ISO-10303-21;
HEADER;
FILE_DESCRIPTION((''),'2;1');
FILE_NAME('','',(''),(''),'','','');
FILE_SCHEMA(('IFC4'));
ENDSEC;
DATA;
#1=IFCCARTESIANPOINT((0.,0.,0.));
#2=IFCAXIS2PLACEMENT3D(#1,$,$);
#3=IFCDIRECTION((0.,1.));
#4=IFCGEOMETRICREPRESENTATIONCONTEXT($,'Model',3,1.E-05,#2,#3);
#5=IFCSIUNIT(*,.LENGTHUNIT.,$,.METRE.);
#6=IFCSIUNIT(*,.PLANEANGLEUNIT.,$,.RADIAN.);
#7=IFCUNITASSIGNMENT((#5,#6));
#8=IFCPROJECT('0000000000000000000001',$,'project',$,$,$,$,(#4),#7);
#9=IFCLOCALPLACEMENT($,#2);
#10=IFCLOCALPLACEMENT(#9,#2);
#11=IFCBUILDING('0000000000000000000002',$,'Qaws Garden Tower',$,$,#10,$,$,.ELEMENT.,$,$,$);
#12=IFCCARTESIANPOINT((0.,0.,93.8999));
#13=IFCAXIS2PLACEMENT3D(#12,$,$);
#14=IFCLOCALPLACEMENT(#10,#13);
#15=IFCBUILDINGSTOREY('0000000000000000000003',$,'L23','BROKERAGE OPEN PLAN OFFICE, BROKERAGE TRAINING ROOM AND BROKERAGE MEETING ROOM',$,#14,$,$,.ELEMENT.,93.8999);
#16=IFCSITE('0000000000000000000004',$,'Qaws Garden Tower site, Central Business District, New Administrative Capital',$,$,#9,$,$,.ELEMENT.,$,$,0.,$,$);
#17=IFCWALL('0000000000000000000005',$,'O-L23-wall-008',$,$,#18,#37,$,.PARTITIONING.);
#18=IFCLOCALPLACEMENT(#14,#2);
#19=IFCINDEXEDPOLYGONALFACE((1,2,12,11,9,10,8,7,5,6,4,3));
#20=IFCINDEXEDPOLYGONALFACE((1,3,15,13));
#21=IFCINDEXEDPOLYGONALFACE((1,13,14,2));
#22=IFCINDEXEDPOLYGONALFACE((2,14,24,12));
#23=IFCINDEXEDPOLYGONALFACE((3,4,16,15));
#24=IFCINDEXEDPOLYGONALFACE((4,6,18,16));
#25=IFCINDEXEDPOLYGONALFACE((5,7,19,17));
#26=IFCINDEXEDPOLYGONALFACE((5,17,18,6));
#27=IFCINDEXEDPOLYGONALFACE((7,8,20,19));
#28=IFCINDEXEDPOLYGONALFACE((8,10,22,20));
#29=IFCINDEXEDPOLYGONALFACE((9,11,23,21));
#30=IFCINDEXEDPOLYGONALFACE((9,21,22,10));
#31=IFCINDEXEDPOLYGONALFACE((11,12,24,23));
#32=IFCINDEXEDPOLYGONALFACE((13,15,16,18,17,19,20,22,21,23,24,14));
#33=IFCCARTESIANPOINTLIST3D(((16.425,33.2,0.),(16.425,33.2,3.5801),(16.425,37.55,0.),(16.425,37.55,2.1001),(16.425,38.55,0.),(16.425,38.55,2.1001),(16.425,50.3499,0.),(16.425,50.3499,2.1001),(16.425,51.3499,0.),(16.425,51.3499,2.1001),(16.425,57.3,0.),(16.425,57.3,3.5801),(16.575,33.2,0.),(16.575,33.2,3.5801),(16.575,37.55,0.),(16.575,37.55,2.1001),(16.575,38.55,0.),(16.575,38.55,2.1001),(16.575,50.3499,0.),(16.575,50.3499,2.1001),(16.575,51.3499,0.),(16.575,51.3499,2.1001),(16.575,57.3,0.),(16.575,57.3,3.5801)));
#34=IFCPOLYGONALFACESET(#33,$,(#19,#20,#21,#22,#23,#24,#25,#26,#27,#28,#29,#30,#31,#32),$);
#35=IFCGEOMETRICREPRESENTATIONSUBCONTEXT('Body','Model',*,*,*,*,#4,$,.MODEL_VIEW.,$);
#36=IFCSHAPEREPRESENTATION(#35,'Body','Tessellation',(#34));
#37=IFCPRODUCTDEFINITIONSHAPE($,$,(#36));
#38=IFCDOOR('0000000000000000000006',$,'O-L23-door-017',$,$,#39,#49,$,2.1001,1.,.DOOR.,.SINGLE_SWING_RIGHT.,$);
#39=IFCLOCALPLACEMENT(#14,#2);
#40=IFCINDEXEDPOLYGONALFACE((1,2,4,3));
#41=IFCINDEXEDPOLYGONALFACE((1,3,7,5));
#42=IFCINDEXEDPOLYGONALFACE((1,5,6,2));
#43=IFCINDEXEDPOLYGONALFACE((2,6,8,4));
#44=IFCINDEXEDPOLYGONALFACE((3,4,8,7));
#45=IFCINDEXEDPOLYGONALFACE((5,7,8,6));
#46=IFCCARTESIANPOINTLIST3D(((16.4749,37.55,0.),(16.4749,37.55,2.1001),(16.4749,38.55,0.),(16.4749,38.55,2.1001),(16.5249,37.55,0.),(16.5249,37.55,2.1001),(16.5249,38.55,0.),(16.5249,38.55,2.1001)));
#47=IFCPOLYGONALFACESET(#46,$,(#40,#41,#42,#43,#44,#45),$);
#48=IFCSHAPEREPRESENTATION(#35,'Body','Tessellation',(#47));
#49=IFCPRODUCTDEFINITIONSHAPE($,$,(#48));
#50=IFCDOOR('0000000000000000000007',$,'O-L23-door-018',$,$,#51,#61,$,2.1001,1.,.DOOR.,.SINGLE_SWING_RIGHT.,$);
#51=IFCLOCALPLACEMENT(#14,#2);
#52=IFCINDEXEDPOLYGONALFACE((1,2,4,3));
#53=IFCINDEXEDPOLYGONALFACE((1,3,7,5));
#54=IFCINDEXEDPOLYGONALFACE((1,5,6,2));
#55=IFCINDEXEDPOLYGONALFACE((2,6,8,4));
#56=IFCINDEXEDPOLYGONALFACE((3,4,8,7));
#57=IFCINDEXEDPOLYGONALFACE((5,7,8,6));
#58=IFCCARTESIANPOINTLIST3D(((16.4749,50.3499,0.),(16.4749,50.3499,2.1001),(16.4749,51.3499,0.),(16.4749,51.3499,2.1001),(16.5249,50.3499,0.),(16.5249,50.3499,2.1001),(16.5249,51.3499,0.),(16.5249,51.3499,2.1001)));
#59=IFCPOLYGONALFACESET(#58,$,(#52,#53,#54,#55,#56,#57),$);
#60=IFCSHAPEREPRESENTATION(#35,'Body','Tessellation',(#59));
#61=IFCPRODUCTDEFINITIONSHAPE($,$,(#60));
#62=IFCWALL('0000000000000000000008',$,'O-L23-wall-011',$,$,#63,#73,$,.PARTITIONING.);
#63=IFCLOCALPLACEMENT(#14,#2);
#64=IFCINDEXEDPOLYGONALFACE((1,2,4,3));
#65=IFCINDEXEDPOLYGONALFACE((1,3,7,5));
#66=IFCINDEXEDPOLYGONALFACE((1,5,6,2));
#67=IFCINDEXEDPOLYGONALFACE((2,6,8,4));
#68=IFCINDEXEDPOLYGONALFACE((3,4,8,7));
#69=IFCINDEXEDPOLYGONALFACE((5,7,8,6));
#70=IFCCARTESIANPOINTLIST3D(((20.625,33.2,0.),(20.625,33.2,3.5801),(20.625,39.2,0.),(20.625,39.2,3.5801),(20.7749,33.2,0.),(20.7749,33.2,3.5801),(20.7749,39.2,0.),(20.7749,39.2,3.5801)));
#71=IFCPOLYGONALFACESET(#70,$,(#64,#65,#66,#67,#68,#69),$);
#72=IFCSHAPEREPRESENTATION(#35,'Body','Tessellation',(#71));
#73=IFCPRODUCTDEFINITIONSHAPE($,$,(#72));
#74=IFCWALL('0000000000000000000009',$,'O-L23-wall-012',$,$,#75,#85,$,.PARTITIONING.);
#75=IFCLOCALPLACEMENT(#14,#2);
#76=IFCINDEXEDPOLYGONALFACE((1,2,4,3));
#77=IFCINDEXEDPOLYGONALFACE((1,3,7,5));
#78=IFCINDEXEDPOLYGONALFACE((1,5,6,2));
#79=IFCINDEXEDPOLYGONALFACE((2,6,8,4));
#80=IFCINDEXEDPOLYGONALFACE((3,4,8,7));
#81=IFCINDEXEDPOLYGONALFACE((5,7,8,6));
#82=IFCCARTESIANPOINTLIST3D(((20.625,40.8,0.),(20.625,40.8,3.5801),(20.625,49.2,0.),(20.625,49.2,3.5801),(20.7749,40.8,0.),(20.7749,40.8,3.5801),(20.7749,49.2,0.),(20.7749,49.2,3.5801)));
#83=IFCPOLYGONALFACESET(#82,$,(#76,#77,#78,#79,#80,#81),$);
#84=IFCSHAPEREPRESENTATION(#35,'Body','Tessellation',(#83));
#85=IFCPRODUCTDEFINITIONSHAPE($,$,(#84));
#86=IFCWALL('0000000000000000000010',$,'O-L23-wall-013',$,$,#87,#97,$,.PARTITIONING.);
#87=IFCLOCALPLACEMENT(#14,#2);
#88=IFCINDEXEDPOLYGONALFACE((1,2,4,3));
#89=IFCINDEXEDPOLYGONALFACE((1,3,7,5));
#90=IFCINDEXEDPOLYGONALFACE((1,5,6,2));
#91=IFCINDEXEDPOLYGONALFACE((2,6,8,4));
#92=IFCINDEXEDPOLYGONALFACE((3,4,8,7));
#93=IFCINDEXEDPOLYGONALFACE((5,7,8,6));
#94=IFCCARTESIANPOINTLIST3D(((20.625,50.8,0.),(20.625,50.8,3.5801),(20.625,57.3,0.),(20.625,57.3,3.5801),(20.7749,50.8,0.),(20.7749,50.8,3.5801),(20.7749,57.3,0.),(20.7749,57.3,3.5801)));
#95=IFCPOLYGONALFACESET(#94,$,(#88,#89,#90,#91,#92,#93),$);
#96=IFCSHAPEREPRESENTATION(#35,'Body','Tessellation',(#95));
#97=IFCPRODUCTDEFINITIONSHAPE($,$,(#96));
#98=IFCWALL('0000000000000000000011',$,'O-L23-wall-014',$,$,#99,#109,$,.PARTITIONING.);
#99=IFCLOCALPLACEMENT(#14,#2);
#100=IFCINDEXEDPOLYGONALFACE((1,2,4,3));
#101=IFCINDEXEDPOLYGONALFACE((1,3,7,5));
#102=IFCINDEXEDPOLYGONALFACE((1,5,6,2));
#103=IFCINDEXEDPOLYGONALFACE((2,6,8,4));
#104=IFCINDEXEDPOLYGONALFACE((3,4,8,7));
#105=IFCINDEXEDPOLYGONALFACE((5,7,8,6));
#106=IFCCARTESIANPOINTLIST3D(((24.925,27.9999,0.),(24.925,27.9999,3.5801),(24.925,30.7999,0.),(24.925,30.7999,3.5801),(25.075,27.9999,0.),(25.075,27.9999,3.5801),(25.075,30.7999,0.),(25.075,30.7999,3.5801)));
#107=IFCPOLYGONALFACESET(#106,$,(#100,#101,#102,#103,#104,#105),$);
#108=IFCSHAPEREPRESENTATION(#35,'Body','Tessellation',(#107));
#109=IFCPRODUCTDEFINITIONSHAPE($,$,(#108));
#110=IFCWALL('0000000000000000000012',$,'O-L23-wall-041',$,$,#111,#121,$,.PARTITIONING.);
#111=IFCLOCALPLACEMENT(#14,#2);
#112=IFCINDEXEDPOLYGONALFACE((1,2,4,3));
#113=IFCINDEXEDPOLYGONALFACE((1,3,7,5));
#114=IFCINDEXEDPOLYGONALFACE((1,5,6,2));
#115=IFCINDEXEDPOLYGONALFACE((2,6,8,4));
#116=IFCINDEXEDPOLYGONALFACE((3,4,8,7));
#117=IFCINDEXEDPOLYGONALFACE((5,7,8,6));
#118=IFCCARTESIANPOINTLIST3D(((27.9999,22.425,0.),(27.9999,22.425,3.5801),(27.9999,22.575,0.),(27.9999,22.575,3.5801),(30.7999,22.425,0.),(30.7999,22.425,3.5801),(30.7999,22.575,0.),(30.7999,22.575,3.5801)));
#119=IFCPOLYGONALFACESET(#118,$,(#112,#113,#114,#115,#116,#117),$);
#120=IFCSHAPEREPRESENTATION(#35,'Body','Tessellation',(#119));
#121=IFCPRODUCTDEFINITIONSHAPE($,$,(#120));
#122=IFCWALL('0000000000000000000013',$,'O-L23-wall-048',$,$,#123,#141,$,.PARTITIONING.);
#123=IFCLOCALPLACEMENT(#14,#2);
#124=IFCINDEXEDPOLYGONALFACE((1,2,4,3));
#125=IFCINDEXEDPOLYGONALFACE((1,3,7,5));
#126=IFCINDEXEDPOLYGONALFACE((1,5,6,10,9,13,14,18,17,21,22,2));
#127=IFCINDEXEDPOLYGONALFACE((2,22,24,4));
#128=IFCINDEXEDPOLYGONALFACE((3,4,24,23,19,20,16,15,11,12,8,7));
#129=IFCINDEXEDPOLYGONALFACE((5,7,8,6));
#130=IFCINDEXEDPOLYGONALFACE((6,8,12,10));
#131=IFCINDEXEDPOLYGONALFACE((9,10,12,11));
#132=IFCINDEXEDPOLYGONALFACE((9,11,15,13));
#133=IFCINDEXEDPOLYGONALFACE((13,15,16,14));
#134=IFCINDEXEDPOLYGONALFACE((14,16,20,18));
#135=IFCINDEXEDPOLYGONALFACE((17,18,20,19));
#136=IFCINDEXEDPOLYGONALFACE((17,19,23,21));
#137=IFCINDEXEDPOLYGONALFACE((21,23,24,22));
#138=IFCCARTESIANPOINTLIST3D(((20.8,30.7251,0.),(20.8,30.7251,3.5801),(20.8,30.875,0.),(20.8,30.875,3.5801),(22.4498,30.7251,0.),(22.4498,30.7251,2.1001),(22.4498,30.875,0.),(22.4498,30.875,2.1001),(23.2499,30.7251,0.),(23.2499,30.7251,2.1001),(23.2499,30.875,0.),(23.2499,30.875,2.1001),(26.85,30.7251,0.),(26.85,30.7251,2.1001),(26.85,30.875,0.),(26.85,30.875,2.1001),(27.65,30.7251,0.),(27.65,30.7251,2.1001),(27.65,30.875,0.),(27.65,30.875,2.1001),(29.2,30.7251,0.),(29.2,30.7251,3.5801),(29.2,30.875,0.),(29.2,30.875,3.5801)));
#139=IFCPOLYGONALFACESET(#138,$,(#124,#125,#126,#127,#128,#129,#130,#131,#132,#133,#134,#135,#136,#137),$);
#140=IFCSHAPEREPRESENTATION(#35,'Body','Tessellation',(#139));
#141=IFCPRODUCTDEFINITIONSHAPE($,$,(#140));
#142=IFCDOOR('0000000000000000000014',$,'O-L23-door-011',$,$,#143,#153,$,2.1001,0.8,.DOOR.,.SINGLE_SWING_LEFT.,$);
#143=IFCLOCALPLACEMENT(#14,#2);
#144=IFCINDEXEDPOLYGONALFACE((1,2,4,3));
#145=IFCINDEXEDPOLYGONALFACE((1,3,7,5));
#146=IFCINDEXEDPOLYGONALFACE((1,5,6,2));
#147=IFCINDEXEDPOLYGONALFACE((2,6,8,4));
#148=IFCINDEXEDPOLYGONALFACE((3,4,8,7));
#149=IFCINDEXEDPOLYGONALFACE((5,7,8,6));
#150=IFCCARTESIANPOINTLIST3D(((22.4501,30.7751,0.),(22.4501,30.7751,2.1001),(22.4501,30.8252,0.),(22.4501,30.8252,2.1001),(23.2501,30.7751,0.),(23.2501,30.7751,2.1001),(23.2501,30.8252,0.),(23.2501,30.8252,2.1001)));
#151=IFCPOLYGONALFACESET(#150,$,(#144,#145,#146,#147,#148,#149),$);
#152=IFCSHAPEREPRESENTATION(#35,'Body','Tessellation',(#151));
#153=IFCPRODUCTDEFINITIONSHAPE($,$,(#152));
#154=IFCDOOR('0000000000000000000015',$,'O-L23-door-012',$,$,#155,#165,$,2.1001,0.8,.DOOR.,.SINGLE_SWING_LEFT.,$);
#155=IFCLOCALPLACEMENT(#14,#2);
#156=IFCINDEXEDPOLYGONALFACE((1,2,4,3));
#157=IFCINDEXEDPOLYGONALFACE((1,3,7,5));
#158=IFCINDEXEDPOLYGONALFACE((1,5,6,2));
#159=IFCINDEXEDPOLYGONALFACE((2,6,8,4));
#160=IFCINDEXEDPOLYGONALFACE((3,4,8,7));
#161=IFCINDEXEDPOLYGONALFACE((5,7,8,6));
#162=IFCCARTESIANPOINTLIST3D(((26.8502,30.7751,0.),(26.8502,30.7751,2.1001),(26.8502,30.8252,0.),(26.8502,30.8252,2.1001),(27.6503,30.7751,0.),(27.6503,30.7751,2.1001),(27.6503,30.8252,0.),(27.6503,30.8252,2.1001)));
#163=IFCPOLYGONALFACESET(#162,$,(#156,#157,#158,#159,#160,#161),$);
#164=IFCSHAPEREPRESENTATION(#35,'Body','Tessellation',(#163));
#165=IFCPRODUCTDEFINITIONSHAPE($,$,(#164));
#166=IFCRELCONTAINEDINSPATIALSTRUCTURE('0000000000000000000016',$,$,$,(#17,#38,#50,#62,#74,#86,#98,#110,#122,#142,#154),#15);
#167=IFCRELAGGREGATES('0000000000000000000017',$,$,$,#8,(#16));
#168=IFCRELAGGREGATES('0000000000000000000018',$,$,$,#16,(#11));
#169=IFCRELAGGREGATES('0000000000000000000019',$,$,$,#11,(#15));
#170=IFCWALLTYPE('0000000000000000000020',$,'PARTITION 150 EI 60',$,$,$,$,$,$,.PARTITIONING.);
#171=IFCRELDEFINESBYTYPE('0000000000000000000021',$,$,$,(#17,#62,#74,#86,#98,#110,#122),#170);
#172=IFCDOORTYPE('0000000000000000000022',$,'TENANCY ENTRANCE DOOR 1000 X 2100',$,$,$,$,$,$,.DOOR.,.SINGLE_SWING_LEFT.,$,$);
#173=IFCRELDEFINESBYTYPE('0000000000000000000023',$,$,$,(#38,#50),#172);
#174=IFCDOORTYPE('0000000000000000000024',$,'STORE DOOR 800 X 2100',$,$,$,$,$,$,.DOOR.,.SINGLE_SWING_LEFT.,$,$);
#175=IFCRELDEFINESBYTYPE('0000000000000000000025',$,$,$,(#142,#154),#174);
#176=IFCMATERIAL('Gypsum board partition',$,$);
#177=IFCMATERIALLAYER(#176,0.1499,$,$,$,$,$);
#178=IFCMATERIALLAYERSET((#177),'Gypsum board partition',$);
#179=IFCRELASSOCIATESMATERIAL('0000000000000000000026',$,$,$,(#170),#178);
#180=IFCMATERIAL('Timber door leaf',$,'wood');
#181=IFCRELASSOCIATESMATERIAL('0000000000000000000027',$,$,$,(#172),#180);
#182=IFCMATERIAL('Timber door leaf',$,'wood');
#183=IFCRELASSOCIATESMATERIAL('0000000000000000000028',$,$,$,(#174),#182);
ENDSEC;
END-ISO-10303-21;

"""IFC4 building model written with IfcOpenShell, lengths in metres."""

from ifc_helpers import new_model, si_unit, direction, frame, frame_2d, origin, place, context, subcontext, project, spatial, rectangle, extrude, material, layer, layer_set, type_object, element, fill, save


model = new_model("IFC4")

# Units and contexts
model_context = context("Model", 3, precision=1e-05, world=origin(), true_north=direction((0.0, 1.0)))
body_context = subcontext(model_context, "Body", "Model", "MODEL_VIEW")
ifc_project = project(units=[si_unit("LENGTHUNIT", "METRE"), si_unit("PLANEANGLEUNIT", "RADIAN")], contexts=[model_context])

# Site, building, storey
site_placement = place(None, origin())
site = spatial("IfcSite", under=ifc_project, at=site_placement, Name="Qaws Garden Tower site, Central Business District, New Administrative Capital", CompositionType="ELEMENT", RefElevation=0.0)
building_placement = place(site_placement, origin())
building = spatial("IfcBuilding", under=site, at=building_placement, Name="Qaws Garden Tower", CompositionType="ELEMENT")
storey_placement = place(building_placement, frame((0.0, 0.0, 93.8999)))
storey = spatial("IfcBuildingStorey", under=building, at=storey_placement, Name="L23", Description="BROKERAGE OPEN PLAN OFFICE, BROKERAGE TRAINING ROOM AND BROKERAGE MEETING ROOM", CompositionType="ELEMENT", Elevation=93.8999)

# Wall, openings, doors
ifc_material_1 = material(Name="Gypsum board partition")
ifc_layer_1 = layer(ifc_material_1, 0.1499)
ifc_layer_set_1 = layer_set([ifc_layer_1], Name="Gypsum board partition")
wall_type_1 = type_object("IfcWallType", Name="PARTITION 150 EI 60", PredefinedType="PARTITIONING", material=ifc_layer_set_1)
wall_1_placement = place(storey_placement, frame((16.5, 33.2, 0.0), z_axis=(0.0, 0.0, 1.0), x_axis=(0.0, 1.0, 0.0)))
wall_1 = element("IfcWall", 1, at=wall_1_placement, inside=storey, type_object=wall_type_1, Name="O-L23-wall-008", PredefinedType="PARTITIONING", context=body_context, shape_type="SweptSolid", body=[
    extrude(rectangle(XDim=24.1001, YDim=0.1499, at=frame_2d((12.05, 0.0))), origin(), (0.0, 0.0, 1.0), 3.5801),
])
opening_1_placement = place(wall_1_placement, frame((4.3501, 0.0, 0.0)))
opening_1 = element("IfcOpeningElement", 2, at=opening_1_placement, cuts=wall_1, PredefinedType="OPENING", context=body_context, shape_type="SweptSolid", body=[
    extrude(rectangle(XDim=1.0, YDim=2.1001, at=frame_2d((0.5, 1.05))), frame((0.0, 0.085, 0.0), z_axis=(0.0, -1.0, 0.0), x_axis=(1.0, 0.0, 0.0)), (0.0, 0.0, 1.0), 0.1699),
])
opening_2_placement = place(wall_1_placement, frame((17.1499, 0.0, 0.0)))
opening_2 = element("IfcOpeningElement", 3, at=opening_2_placement, cuts=wall_1, PredefinedType="OPENING", context=body_context, shape_type="SweptSolid", body=[
    extrude(rectangle(XDim=1.0, YDim=2.1001, at=frame_2d((0.5, 1.05))), frame((0.0, 0.085, 0.0), z_axis=(0.0, -1.0, 0.0), x_axis=(1.0, 0.0, 0.0)), (0.0, 0.0, 1.0), 0.1699),
])
ifc_material_2 = material(Name="Timber door leaf", Category="wood")
door_type_1 = type_object("IfcDoorType", Name="TENANCY ENTRANCE DOOR 1000 X 2100", OperationType="SINGLE_SWING_LEFT", PredefinedType="DOOR", material=ifc_material_2)
door_1_placement = place(opening_1_placement, frame((1.0, 0.0, 0.0), z_axis=(0.0, 0.0, 1.0), x_axis=(-1.0, 0.0, 0.0)))
door_1 = element("IfcDoor", 4, at=door_1_placement, inside=storey, type_object=door_type_1, Name="O-L23-door-017", OperationType="SINGLE_SWING_RIGHT", OverallHeight=2.1001, OverallWidth=1.0, PredefinedType="DOOR", context=body_context, shape_type="SweptSolid", body=[
    extrude(rectangle(XDim=1.0, YDim=2.1001, at=frame_2d((0.5, 1.05))), frame((0.0, 0.0249, 0.0), z_axis=(0.0, -1.0, 0.0), x_axis=(1.0, 0.0, 0.0)), (0.0, 0.0, 1.0), 0.05),
])
fill(opening_1, door_1)
door_2_placement = place(opening_2_placement, frame((1.0, 0.0, 0.0), z_axis=(0.0, 0.0, 1.0), x_axis=(-1.0, 0.0, 0.0)))
door_2 = element("IfcDoor", 5, at=door_2_placement, inside=storey, type_object=door_type_1, Name="O-L23-door-018", OperationType="SINGLE_SWING_RIGHT", OverallHeight=2.1001, OverallWidth=1.0, PredefinedType="DOOR", context=body_context, shape_type="SweptSolid", body=[
    extrude(rectangle(XDim=1.0, YDim=2.1001, at=frame_2d((0.5, 1.05))), frame((0.0, 0.0249, 0.0), z_axis=(0.0, -1.0, 0.0), x_axis=(1.0, 0.0, 0.0)), (0.0, 0.0, 1.0), 0.05),
])
fill(opening_2, door_2)

# Walls
wall_2_placement = place(storey_placement, frame((20.7, 33.2, 0.0), z_axis=(0.0, 0.0, 1.0), x_axis=(0.0, 1.0, 0.0)))
element("IfcWall", 6, at=wall_2_placement, inside=storey, type_object=wall_type_1, Name="O-L23-wall-011", PredefinedType="PARTITIONING", context=body_context, shape_type="SweptSolid", body=[
    extrude(rectangle(XDim=6.0, YDim=0.1499, at=frame_2d((3.0, 0.0))), origin(), (0.0, 0.0, 1.0), 3.5801),
])
wall_3_placement = place(storey_placement, frame((20.7, 40.8, 0.0), z_axis=(0.0, 0.0, 1.0), x_axis=(0.0, 1.0, 0.0)))
element("IfcWall", 7, at=wall_3_placement, inside=storey, type_object=wall_type_1, Name="O-L23-wall-012", PredefinedType="PARTITIONING", context=body_context, shape_type="SweptSolid", body=[
    extrude(rectangle(XDim=8.3999, YDim=0.1499, at=frame_2d((4.2, 0.0))), origin(), (0.0, 0.0, 1.0), 3.5801),
])
wall_4_placement = place(storey_placement, frame((20.7, 50.8, 0.0), z_axis=(0.0, 0.0, 1.0), x_axis=(0.0, 1.0, 0.0)))
element("IfcWall", 8, at=wall_4_placement, inside=storey, type_object=wall_type_1, Name="O-L23-wall-013", PredefinedType="PARTITIONING", context=body_context, shape_type="SweptSolid", body=[
    extrude(rectangle(XDim=6.5, YDim=0.1499, at=frame_2d((3.25, 0.0))), origin(), (0.0, 0.0, 1.0), 3.5801),
])
for number, where, z_axis, x_axis, name in (
    (9, (25.0, 28.0, 0.0), (0.0, 0.0, 1.0), (0.0, 1.0, 0.0), "O-L23-wall-014"),
    (10, (28.0, 22.5, 0.0), (0.0, 0.0, 1.0), (1.0, 0.0, 0.0), "O-L23-wall-041"),
):
    element("IfcWall", number, at=place(storey_placement, frame(where, z_axis=z_axis, x_axis=x_axis)), inside=storey, type_object=wall_type_1, Name=name, PredefinedType="PARTITIONING", context=body_context, shape_type="SweptSolid", body=[
        extrude(rectangle(XDim=2.8, YDim=0.1499, at=frame_2d((1.3999, 0.0))), origin(), (0.0, 0.0, 1.0), 3.5801),
    ])

# Wall, openings, doors
wall_5_placement = place(storey_placement, frame((20.8, 30.8, 0.0), z_axis=(0.0, 0.0, 1.0), x_axis=(1.0, 0.0, 0.0)))
wall_5 = element("IfcWall", 11, at=wall_5_placement, inside=storey, type_object=wall_type_1, Name="O-L23-wall-048", PredefinedType="PARTITIONING", context=body_context, shape_type="SweptSolid", body=[
    extrude(rectangle(XDim=8.3999, YDim=0.1499, at=frame_2d((4.2, 0.0))), origin(), (0.0, 0.0, 1.0), 3.5801),
])
opening_3_placement = place(wall_5_placement, frame((1.6499, 0.0, 0.0)))
opening_3 = element("IfcOpeningElement", 12, at=opening_3_placement, cuts=wall_5, PredefinedType="OPENING", context=body_context, shape_type="SweptSolid", body=[
    extrude(rectangle(XDim=0.8, YDim=2.1001, at=frame_2d((0.3999, 1.05))), frame((0.0, 0.085, 0.0), z_axis=(0.0, -1.0, 0.0), x_axis=(1.0, 0.0, 0.0)), (0.0, 0.0, 1.0), 0.1699),
])
opening_4_placement = place(wall_5_placement, frame((6.05, 0.0, 0.0)))
opening_4 = element("IfcOpeningElement", 13, at=opening_4_placement, cuts=wall_5, PredefinedType="OPENING", context=body_context, shape_type="SweptSolid", body=[
    extrude(rectangle(XDim=0.8, YDim=2.1001, at=frame_2d((0.3999, 1.05))), frame((0.0, 0.085, 0.0), z_axis=(0.0, -1.0, 0.0), x_axis=(1.0, 0.0, 0.0)), (0.0, 0.0, 1.0), 0.1699),
])
ifc_material_3 = material(Name="Timber door leaf", Category="wood")
door_type_2 = type_object("IfcDoorType", Name="STORE DOOR 800 X 2100", OperationType="SINGLE_SWING_LEFT", PredefinedType="DOOR", material=ifc_material_3)
door_3_placement = place(opening_3_placement, frame((0.8, 0.0, 0.0), z_axis=(0.0, 0.0, 1.0), x_axis=(-1.0, 0.0, 0.0)))
door_3 = element("IfcDoor", 14, at=door_3_placement, inside=storey, type_object=door_type_2, Name="O-L23-door-011", OperationType="SINGLE_SWING_LEFT", OverallHeight=2.1001, OverallWidth=0.8, PredefinedType="DOOR", context=body_context, shape_type="SweptSolid", body=[
    extrude(rectangle(XDim=0.8, YDim=2.1001, at=frame_2d((0.3999, 1.05))), frame((0.0, 0.0249, 0.0), z_axis=(0.0, -1.0, 0.0), x_axis=(1.0, 0.0, 0.0)), (0.0, 0.0, 1.0), 0.05),
])
fill(opening_3, door_3)
door_4_placement = place(opening_4_placement, frame((0.8, 0.0, 0.0), z_axis=(0.0, 0.0, 1.0), x_axis=(-1.0, 0.0, 0.0)))
door_4 = element("IfcDoor", 15, at=door_4_placement, inside=storey, type_object=door_type_2, Name="O-L23-door-012", OperationType="SINGLE_SWING_LEFT", OverallHeight=2.1001, OverallWidth=0.8, PredefinedType="DOOR", context=body_context, shape_type="SweptSolid", body=[
    extrude(rectangle(XDim=0.8, YDim=2.1001, at=frame_2d((0.3999, 1.05))), frame((0.0, 0.0249, 0.0), z_axis=(0.0, -1.0, 0.0), x_axis=(1.0, 0.0, 0.0)), (0.0, 0.0, 1.0), 0.05),
])
fill(opening_4, door_4)

save(model, "model.ifc")
